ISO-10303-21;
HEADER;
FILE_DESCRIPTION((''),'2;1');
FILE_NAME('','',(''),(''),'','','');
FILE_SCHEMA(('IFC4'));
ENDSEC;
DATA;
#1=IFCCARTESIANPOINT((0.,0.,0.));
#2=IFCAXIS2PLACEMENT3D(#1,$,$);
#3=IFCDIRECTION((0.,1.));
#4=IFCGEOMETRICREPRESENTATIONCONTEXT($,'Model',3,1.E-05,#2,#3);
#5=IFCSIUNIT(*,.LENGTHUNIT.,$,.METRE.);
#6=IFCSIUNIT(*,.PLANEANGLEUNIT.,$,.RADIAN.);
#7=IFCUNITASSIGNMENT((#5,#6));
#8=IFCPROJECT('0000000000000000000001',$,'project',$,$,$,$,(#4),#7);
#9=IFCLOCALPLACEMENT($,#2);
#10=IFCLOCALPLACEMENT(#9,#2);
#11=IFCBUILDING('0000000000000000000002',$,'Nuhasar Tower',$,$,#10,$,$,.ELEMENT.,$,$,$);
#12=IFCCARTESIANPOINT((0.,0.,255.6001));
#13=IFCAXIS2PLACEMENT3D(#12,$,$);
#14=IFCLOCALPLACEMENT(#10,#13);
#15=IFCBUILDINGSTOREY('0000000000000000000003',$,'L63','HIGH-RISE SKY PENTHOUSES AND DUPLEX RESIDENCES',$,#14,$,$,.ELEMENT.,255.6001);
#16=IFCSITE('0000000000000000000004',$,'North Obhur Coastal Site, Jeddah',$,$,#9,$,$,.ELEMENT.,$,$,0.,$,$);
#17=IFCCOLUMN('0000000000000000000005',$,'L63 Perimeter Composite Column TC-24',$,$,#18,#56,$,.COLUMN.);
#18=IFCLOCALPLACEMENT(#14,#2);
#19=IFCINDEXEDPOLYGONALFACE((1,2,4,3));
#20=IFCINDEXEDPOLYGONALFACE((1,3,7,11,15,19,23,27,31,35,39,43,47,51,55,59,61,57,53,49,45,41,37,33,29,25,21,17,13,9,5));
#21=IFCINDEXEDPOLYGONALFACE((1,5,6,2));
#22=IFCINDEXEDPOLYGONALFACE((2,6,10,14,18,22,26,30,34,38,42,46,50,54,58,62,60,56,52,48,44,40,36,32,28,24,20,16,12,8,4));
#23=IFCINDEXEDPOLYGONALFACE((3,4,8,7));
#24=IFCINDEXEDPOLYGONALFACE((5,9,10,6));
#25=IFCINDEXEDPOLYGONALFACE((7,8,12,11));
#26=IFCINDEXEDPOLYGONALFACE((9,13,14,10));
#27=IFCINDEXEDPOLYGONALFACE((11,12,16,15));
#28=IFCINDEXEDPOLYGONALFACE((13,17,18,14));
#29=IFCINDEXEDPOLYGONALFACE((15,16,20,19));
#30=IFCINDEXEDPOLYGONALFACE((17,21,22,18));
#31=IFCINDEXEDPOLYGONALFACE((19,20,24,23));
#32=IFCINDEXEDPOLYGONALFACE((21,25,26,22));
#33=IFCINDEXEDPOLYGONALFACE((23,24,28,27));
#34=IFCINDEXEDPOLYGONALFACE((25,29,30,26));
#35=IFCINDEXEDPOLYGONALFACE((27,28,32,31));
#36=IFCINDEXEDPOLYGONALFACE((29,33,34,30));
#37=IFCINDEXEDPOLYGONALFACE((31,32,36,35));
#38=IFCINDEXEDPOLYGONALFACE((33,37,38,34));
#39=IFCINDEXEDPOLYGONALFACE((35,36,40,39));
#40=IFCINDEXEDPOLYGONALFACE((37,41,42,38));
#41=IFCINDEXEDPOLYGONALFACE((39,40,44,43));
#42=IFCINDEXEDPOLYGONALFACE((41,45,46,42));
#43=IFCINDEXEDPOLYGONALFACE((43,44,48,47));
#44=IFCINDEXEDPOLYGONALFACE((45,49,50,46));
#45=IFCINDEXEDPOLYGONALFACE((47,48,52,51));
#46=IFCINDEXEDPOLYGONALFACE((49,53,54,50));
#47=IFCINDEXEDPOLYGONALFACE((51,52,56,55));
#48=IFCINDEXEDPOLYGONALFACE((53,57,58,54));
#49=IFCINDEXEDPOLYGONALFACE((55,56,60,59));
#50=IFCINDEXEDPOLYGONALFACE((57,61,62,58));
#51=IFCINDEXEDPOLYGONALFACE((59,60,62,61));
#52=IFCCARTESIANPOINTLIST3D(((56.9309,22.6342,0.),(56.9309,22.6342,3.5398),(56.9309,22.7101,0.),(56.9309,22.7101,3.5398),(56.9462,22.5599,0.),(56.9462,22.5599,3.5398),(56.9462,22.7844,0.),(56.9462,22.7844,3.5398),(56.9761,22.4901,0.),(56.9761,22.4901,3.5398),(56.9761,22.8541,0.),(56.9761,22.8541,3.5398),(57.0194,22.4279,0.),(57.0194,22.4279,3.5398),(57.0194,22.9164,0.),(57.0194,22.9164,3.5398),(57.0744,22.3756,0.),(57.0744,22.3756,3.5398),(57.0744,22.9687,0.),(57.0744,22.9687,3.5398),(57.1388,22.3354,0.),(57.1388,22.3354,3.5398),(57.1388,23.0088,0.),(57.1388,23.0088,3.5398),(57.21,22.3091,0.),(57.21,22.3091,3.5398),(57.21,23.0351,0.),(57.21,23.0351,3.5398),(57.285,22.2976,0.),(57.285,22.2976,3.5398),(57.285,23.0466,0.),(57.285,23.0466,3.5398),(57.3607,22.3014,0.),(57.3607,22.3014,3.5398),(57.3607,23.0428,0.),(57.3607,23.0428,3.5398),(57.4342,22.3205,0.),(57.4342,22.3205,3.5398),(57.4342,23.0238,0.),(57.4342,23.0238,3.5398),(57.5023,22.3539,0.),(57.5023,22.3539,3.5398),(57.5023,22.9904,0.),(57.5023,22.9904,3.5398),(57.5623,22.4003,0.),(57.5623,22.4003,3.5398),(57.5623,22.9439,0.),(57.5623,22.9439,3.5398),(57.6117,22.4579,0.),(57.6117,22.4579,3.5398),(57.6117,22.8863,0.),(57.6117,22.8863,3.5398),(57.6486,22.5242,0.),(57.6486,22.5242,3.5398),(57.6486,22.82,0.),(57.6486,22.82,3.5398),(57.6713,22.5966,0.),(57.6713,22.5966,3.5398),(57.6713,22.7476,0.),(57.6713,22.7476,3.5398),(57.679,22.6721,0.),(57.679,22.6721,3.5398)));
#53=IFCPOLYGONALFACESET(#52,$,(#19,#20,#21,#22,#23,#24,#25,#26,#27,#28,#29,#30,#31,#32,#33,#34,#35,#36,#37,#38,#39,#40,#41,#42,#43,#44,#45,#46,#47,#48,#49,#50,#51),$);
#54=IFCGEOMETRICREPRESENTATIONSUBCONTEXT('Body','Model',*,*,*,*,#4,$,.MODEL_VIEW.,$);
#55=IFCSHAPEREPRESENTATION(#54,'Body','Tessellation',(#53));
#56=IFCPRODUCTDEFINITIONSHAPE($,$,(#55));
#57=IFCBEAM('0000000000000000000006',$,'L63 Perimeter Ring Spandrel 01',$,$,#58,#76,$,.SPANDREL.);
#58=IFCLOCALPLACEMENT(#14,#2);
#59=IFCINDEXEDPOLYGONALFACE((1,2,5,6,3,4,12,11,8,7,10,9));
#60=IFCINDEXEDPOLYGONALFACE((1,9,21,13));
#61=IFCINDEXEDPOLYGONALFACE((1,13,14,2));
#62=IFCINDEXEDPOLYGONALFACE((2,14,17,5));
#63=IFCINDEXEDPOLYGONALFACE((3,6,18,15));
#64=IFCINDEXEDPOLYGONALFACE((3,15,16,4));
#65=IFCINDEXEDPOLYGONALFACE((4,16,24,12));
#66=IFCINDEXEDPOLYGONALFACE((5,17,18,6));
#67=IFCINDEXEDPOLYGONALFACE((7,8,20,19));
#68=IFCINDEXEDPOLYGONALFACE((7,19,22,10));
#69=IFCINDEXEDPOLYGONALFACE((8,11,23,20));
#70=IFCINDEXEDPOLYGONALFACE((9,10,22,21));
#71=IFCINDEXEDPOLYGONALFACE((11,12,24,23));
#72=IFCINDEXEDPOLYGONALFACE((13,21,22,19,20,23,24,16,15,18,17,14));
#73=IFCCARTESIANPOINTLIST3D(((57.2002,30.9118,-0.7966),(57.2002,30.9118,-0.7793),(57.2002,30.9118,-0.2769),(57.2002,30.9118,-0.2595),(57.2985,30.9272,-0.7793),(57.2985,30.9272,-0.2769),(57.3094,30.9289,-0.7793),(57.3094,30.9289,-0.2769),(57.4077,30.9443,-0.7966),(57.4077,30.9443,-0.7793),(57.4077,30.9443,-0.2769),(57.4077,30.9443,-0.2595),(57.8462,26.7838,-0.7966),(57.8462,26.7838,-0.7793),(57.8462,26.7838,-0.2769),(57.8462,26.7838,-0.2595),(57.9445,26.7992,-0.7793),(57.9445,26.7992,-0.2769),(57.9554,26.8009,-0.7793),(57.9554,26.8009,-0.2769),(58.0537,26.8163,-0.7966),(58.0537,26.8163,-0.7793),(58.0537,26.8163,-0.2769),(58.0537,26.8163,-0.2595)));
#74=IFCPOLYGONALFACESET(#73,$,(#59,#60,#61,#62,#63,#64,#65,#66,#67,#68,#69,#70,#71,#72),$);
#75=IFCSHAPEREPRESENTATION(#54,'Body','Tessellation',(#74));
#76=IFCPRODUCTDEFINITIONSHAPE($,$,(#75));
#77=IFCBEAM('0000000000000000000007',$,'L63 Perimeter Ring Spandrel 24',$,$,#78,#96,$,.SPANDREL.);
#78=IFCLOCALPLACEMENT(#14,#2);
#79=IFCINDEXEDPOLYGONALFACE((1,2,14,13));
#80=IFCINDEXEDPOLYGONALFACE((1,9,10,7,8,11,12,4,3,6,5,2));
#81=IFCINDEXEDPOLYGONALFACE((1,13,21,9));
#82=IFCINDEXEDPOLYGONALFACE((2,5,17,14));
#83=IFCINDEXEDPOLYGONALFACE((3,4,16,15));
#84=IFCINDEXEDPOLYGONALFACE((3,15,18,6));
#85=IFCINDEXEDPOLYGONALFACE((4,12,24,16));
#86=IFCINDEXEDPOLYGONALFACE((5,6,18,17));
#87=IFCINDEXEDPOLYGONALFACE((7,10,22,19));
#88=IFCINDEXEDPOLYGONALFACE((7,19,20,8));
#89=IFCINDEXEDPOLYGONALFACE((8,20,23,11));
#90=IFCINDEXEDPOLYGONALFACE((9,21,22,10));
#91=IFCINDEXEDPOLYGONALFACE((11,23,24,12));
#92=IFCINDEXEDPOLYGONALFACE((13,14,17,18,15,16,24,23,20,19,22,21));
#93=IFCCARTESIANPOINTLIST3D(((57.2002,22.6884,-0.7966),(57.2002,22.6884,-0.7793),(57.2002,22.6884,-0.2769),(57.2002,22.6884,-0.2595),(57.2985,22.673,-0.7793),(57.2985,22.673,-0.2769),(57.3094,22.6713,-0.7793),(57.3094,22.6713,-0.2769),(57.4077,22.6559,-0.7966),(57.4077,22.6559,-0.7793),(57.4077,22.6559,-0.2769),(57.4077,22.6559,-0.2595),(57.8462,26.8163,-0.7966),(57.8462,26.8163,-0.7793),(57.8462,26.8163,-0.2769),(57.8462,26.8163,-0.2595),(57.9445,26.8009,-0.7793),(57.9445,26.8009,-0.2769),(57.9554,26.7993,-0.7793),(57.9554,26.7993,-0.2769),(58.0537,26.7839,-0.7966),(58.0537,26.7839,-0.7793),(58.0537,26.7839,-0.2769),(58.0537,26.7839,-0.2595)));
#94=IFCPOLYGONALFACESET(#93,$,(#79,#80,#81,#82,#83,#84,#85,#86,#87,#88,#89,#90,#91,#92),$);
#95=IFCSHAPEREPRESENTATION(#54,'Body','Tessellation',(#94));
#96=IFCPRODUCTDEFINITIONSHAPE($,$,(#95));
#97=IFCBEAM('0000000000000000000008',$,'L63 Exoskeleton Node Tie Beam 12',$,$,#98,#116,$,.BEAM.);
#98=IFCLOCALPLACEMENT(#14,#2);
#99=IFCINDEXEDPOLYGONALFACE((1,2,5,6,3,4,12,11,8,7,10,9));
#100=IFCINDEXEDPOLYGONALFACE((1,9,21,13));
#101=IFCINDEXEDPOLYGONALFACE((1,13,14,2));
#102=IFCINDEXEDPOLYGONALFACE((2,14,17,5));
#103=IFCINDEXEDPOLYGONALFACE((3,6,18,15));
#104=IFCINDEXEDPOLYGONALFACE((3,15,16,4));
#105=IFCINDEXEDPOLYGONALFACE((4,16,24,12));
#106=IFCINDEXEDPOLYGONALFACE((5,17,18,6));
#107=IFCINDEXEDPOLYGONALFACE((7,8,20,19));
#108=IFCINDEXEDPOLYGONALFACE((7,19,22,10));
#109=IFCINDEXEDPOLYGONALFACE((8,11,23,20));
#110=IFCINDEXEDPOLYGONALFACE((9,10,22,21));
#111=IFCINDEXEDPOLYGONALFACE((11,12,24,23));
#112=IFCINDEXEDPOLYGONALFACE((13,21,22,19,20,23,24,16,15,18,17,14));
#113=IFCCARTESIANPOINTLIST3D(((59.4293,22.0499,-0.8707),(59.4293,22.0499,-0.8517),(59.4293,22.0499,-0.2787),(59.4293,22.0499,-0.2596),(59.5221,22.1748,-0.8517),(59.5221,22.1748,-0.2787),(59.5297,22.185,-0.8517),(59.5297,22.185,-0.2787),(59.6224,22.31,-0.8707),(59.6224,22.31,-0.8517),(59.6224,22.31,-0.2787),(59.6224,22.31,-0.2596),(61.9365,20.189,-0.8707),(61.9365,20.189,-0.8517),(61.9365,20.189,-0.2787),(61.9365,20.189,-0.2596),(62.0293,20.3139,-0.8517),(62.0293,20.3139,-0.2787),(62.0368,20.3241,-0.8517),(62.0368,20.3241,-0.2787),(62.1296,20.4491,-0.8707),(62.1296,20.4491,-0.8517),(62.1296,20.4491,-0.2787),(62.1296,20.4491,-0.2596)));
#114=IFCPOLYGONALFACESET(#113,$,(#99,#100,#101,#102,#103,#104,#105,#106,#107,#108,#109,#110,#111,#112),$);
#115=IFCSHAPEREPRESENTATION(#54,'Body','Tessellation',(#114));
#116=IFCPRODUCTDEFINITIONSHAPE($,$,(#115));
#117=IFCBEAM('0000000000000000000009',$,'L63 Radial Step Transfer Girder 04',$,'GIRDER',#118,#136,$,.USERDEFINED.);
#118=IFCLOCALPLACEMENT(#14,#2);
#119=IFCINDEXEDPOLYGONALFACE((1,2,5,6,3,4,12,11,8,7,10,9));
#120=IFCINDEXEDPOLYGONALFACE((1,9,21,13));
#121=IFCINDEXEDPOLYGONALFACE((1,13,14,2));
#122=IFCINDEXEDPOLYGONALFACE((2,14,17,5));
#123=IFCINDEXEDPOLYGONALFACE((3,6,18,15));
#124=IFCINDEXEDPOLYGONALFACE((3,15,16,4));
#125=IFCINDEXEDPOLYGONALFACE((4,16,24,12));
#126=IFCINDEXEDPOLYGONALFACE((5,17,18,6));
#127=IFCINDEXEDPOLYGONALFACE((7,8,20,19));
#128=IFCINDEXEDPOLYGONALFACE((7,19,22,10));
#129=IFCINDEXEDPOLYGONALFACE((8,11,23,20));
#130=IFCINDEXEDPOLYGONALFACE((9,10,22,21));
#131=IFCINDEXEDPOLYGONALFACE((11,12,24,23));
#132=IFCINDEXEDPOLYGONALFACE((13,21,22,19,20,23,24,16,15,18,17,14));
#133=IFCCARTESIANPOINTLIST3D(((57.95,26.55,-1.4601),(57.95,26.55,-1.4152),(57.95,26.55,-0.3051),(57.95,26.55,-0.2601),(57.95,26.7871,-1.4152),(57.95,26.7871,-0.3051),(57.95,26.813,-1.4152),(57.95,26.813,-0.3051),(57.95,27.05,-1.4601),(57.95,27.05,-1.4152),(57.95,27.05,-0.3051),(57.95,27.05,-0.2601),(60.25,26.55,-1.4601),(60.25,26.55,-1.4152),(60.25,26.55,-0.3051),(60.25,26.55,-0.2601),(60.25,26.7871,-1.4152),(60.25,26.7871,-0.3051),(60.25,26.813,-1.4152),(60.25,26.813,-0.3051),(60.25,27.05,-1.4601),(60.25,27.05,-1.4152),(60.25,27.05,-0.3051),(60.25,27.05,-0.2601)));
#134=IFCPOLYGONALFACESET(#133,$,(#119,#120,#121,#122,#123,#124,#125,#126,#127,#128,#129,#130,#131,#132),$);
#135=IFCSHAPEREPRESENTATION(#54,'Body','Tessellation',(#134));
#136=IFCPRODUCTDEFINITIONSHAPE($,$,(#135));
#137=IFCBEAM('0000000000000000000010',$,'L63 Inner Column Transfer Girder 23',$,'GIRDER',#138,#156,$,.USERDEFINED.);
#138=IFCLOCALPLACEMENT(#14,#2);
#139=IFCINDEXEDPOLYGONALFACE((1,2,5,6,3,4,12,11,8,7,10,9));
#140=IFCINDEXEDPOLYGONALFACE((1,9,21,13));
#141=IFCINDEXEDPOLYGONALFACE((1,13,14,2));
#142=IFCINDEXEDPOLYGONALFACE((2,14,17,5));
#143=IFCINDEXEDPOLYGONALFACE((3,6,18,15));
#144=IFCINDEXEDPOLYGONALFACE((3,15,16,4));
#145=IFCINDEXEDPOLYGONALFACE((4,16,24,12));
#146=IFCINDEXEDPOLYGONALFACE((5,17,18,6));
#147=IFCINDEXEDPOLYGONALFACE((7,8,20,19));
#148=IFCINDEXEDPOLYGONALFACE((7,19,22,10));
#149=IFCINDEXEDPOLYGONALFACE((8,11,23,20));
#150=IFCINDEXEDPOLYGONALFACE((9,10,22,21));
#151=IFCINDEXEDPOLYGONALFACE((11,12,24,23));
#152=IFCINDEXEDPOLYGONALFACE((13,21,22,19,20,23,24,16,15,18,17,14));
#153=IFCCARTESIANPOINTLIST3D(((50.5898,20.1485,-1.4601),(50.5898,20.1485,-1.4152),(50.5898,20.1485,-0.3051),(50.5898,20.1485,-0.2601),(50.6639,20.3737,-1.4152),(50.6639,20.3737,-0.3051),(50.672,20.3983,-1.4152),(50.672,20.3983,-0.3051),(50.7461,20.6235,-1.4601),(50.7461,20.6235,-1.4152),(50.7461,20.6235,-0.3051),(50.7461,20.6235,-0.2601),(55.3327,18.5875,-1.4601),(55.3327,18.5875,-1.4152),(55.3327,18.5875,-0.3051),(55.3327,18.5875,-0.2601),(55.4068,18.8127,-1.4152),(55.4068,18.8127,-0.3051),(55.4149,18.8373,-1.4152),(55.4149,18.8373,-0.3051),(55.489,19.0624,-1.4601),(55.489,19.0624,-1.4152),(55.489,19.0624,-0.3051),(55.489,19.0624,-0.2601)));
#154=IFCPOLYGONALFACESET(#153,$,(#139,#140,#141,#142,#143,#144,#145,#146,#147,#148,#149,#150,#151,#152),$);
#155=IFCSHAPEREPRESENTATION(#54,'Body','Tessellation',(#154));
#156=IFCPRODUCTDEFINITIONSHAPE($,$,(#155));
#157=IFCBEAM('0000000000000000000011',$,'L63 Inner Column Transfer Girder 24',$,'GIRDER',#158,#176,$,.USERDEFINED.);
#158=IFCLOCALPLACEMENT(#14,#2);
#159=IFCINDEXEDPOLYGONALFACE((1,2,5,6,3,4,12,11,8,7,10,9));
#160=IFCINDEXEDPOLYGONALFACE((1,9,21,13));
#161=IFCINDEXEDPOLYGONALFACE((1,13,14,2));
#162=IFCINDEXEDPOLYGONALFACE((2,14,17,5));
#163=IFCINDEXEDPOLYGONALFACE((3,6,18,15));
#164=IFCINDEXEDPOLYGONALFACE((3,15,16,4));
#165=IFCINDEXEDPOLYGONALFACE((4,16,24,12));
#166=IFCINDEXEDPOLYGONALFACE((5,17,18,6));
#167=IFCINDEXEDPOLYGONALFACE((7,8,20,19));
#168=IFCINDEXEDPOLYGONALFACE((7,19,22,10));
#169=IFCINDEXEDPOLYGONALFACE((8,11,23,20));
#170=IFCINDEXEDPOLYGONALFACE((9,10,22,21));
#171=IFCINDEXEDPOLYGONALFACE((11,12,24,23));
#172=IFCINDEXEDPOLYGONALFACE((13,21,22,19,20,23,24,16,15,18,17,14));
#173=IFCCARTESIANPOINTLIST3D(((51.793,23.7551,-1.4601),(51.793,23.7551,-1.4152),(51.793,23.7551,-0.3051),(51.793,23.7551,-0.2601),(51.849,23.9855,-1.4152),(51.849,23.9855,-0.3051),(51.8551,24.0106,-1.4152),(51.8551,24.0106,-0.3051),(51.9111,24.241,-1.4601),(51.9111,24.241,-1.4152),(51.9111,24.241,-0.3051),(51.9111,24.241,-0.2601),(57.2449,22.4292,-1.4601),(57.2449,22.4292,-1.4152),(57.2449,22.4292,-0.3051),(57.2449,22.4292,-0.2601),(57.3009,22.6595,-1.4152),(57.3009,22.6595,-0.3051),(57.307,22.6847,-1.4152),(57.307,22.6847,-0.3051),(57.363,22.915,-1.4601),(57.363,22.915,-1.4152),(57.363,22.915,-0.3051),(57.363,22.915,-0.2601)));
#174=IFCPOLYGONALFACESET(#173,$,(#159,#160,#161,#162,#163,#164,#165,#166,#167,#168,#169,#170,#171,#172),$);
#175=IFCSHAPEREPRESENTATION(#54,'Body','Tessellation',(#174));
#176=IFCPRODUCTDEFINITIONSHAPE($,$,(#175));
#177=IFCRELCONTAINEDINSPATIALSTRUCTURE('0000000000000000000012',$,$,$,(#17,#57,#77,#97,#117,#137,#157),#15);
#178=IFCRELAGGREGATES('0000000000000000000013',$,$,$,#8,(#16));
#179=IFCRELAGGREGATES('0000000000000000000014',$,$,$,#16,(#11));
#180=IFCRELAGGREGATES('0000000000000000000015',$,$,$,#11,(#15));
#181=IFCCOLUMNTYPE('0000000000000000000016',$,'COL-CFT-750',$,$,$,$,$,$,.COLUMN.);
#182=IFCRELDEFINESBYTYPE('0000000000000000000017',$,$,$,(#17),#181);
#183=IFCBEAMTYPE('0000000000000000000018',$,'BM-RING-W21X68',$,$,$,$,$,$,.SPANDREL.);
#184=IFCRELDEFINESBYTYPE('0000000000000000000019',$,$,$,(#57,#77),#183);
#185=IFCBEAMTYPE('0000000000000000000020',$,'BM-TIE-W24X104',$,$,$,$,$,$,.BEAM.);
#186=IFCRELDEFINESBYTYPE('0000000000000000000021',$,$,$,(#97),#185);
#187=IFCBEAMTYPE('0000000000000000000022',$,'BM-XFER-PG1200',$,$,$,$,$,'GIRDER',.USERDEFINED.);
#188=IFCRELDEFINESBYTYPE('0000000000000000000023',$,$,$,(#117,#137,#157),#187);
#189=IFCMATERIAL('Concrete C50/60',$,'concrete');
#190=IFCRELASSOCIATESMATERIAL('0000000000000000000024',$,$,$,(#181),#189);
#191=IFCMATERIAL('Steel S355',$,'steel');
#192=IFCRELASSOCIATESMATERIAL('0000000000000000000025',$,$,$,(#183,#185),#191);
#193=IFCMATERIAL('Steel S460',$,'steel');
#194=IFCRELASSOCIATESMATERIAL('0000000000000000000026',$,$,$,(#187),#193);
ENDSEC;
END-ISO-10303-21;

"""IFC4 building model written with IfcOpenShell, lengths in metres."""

from ifc_helpers import new_model, si_unit, direction, frame, origin, origin_2d, place, context, subcontext, project, spatial, circle, i_section, extrude, material, material_profile, profile_set, type_object, element, save


model = new_model("IFC4")

# Units and contexts
model_context = context("Model", 3, precision=1e-05, world=origin(), true_north=direction((0.0, 1.0)))
body_context = subcontext(model_context, "Body", "Model", "MODEL_VIEW")
ifc_project = project(units=[si_unit("LENGTHUNIT", "METRE"), si_unit("PLANEANGLEUNIT", "RADIAN")], contexts=[model_context])

# Site, building, storey
site_placement = place(None, origin())
site = spatial("IfcSite", under=ifc_project, at=site_placement, Name="North Obhur Coastal Site, Jeddah", CompositionType="ELEMENT", RefElevation=0.0)
building_placement = place(site_placement, origin())
building = spatial("IfcBuilding", under=site, at=building_placement, Name="Nuhasar Tower", CompositionType="ELEMENT")
storey_placement = place(building_placement, frame((0.0, 0.0, 255.6001)))
storey = spatial("IfcBuildingStorey", under=building, at=storey_placement, Name="L63", Description="HIGH-RISE SKY PENTHOUSES AND DUPLEX RESIDENCES", CompositionType="ELEMENT", Elevation=255.6001)

# Column
ifc_material_1 = material(Name="Concrete C50/60", Category="concrete")
ifc_material_profile_1 = material_profile(ifc_material_1, circle(Radius=0.375, at=origin_2d()), Name="CFT750")
ifc_profile_set_1 = profile_set([ifc_material_profile_1], Name="Concrete C50/60")
column_type = type_object("IfcColumnType", Name="COL-CFT-750", PredefinedType="COLUMN", material=ifc_profile_set_1)
column_placement = place(storey_placement, frame((57.304, 22.6721, 0.0), z_axis=(0.0, 0.0, 1.0), x_axis=(1.0, 0.0, 0.0)))
element("IfcColumn", 1, at=column_placement, inside=storey, type_object=column_type, Name="L63 Perimeter Composite Column TC-24", PredefinedType="COLUMN", context=body_context, shape_type="SweptSolid", body=[
    extrude(circle(Radius=0.375, at=origin_2d()), origin(), (0.0, 0.0, 1.0), 3.5398),
])

# Beams
ifc_material_2 = material(Name="Steel S355", Category="steel")
ifc_material_profile_2 = material_profile(ifc_material_2, i_section(OverallWidth=0.21, OverallDepth=0.5371, WebThickness=0.011, FlangeThickness=0.0173, at=origin_2d()), Name="W21X68")
ifc_profile_set_2 = profile_set([ifc_material_profile_2], Name="Steel S355")
beam_type_1 = type_object("IfcBeamType", Name="BM-RING-W21X68", PredefinedType="SPANDREL", material=ifc_profile_set_2)
for number, where, z_axis, x_axis, name in (
    (2, (57.95, 26.8, -0.5281), (-0.154612, 0.987975, 0.0), (-0.987975, -0.154612, 0.0), "L63 Perimeter Ring Spandrel 01"),
    (3, (57.304, 22.6721, -0.5281), (0.154612, 0.987975, 0.0), (-0.987975, 0.154612, 0.0), "L63 Perimeter Ring Spandrel 24"),
):
    element("IfcBeam", number, at=place(storey_placement, frame(where, z_axis=z_axis, x_axis=x_axis)), inside=storey, type_object=beam_type_1, Name=name, PredefinedType="SPANDREL", context=body_context, shape_type="SweptSolid", body=[
        extrude(i_section(OverallWidth=0.21, OverallDepth=0.5371, WebThickness=0.011, FlangeThickness=0.0173, at=origin_2d()), origin(), (0.0, 0.0, 1.0), 4.1782),
    ])
ifc_material_profile_3 = material_profile(ifc_material_2, i_section(OverallWidth=0.324, OverallDepth=0.6111, WebThickness=0.0127, FlangeThickness=0.019, at=origin_2d()), Name="W24X104")
ifc_profile_set_3 = profile_set([ifc_material_profile_3], Name="Steel S355")
beam_type_2 = type_object("IfcBeamType", Name="BM-TIE-W24X104", PredefinedType="BEAM", material=ifc_profile_set_3)
beam_1_placement = place(storey_placement, frame((59.5259, 22.1799, -0.5652), z_axis=(0.802983, -0.596001, 0.0), x_axis=(0.596001, 0.802983, 0.0)))
element("IfcBeam", 4, at=beam_1_placement, inside=storey, type_object=beam_type_2, Name="L63 Exoskeleton Node Tie Beam 12", PredefinedType="BEAM", context=body_context, shape_type="SweptSolid", body=[
    extrude(i_section(OverallWidth=0.324, OverallDepth=0.6111, WebThickness=0.0127, FlangeThickness=0.019, at=origin_2d()), origin(), (0.0, 0.0, 1.0), 3.1223),
])
ifc_material_3 = material(Name="Steel S460", Category="steel")
ifc_material_profile_4 = material_profile(ifc_material_3, i_section(OverallWidth=0.5, OverallDepth=1.2, WebThickness=0.0259, FlangeThickness=0.0449, at=origin_2d()), Name="PG1200X500")
ifc_profile_set_4 = profile_set([ifc_material_profile_4], Name="Steel S460")
beam_type_3 = type_object("IfcBeamType", Name="BM-XFER-PG1200", ElementType="GIRDER", PredefinedType="USERDEFINED", material=ifc_profile_set_4)
beam_2_placement = place(storey_placement, frame((57.95, 26.8, -0.8601), z_axis=(1.0, 0.0, 0.0), x_axis=(0.0, 1.0, 0.0)))
element("IfcBeam", 5, at=beam_2_placement, inside=storey, type_object=beam_type_3, Name="L63 Radial Step Transfer Girder 04", ObjectType="GIRDER", PredefinedType="USERDEFINED", context=body_context, shape_type="SweptSolid", body=[
    extrude(i_section(OverallWidth=0.5, OverallDepth=1.2, WebThickness=0.0259, FlangeThickness=0.0449, at=origin_2d()), origin(), (0.0, 0.0, 1.0), 2.3),
])
beam_3_placement = place(storey_placement, frame((50.668, 20.386, -0.8601), z_axis=(0.949874, -0.312632, 0.0), x_axis=(0.312632, 0.949874, 0.0)))
element("IfcBeam", 6, at=beam_3_placement, inside=storey, type_object=beam_type_3, Name="L63 Inner Column Transfer Girder 23", ObjectType="GIRDER", PredefinedType="USERDEFINED", context=body_context, shape_type="SweptSolid", body=[
    extrude(i_section(OverallWidth=0.5, OverallDepth=1.2, WebThickness=0.0259, FlangeThickness=0.0449, at=origin_2d()), origin(), (0.0, 0.0, 1.0), 4.9932),
])
beam_4_placement = place(storey_placement, frame((51.8521, 23.998, -0.8601), z_axis=(0.971676, -0.236316, 0.0), x_axis=(0.236316, 0.971676, 0.0)))
element("IfcBeam", 7, at=beam_4_placement, inside=storey, type_object=beam_type_3, Name="L63 Inner Column Transfer Girder 24", ObjectType="GIRDER", PredefinedType="USERDEFINED", context=body_context, shape_type="SweptSolid", body=[
    extrude(i_section(OverallWidth=0.5, OverallDepth=1.2, WebThickness=0.0259, FlangeThickness=0.0449, at=origin_2d()), origin(), (0.0, 0.0, 1.0), 5.6108),
])

save(model, "model.ifc")
